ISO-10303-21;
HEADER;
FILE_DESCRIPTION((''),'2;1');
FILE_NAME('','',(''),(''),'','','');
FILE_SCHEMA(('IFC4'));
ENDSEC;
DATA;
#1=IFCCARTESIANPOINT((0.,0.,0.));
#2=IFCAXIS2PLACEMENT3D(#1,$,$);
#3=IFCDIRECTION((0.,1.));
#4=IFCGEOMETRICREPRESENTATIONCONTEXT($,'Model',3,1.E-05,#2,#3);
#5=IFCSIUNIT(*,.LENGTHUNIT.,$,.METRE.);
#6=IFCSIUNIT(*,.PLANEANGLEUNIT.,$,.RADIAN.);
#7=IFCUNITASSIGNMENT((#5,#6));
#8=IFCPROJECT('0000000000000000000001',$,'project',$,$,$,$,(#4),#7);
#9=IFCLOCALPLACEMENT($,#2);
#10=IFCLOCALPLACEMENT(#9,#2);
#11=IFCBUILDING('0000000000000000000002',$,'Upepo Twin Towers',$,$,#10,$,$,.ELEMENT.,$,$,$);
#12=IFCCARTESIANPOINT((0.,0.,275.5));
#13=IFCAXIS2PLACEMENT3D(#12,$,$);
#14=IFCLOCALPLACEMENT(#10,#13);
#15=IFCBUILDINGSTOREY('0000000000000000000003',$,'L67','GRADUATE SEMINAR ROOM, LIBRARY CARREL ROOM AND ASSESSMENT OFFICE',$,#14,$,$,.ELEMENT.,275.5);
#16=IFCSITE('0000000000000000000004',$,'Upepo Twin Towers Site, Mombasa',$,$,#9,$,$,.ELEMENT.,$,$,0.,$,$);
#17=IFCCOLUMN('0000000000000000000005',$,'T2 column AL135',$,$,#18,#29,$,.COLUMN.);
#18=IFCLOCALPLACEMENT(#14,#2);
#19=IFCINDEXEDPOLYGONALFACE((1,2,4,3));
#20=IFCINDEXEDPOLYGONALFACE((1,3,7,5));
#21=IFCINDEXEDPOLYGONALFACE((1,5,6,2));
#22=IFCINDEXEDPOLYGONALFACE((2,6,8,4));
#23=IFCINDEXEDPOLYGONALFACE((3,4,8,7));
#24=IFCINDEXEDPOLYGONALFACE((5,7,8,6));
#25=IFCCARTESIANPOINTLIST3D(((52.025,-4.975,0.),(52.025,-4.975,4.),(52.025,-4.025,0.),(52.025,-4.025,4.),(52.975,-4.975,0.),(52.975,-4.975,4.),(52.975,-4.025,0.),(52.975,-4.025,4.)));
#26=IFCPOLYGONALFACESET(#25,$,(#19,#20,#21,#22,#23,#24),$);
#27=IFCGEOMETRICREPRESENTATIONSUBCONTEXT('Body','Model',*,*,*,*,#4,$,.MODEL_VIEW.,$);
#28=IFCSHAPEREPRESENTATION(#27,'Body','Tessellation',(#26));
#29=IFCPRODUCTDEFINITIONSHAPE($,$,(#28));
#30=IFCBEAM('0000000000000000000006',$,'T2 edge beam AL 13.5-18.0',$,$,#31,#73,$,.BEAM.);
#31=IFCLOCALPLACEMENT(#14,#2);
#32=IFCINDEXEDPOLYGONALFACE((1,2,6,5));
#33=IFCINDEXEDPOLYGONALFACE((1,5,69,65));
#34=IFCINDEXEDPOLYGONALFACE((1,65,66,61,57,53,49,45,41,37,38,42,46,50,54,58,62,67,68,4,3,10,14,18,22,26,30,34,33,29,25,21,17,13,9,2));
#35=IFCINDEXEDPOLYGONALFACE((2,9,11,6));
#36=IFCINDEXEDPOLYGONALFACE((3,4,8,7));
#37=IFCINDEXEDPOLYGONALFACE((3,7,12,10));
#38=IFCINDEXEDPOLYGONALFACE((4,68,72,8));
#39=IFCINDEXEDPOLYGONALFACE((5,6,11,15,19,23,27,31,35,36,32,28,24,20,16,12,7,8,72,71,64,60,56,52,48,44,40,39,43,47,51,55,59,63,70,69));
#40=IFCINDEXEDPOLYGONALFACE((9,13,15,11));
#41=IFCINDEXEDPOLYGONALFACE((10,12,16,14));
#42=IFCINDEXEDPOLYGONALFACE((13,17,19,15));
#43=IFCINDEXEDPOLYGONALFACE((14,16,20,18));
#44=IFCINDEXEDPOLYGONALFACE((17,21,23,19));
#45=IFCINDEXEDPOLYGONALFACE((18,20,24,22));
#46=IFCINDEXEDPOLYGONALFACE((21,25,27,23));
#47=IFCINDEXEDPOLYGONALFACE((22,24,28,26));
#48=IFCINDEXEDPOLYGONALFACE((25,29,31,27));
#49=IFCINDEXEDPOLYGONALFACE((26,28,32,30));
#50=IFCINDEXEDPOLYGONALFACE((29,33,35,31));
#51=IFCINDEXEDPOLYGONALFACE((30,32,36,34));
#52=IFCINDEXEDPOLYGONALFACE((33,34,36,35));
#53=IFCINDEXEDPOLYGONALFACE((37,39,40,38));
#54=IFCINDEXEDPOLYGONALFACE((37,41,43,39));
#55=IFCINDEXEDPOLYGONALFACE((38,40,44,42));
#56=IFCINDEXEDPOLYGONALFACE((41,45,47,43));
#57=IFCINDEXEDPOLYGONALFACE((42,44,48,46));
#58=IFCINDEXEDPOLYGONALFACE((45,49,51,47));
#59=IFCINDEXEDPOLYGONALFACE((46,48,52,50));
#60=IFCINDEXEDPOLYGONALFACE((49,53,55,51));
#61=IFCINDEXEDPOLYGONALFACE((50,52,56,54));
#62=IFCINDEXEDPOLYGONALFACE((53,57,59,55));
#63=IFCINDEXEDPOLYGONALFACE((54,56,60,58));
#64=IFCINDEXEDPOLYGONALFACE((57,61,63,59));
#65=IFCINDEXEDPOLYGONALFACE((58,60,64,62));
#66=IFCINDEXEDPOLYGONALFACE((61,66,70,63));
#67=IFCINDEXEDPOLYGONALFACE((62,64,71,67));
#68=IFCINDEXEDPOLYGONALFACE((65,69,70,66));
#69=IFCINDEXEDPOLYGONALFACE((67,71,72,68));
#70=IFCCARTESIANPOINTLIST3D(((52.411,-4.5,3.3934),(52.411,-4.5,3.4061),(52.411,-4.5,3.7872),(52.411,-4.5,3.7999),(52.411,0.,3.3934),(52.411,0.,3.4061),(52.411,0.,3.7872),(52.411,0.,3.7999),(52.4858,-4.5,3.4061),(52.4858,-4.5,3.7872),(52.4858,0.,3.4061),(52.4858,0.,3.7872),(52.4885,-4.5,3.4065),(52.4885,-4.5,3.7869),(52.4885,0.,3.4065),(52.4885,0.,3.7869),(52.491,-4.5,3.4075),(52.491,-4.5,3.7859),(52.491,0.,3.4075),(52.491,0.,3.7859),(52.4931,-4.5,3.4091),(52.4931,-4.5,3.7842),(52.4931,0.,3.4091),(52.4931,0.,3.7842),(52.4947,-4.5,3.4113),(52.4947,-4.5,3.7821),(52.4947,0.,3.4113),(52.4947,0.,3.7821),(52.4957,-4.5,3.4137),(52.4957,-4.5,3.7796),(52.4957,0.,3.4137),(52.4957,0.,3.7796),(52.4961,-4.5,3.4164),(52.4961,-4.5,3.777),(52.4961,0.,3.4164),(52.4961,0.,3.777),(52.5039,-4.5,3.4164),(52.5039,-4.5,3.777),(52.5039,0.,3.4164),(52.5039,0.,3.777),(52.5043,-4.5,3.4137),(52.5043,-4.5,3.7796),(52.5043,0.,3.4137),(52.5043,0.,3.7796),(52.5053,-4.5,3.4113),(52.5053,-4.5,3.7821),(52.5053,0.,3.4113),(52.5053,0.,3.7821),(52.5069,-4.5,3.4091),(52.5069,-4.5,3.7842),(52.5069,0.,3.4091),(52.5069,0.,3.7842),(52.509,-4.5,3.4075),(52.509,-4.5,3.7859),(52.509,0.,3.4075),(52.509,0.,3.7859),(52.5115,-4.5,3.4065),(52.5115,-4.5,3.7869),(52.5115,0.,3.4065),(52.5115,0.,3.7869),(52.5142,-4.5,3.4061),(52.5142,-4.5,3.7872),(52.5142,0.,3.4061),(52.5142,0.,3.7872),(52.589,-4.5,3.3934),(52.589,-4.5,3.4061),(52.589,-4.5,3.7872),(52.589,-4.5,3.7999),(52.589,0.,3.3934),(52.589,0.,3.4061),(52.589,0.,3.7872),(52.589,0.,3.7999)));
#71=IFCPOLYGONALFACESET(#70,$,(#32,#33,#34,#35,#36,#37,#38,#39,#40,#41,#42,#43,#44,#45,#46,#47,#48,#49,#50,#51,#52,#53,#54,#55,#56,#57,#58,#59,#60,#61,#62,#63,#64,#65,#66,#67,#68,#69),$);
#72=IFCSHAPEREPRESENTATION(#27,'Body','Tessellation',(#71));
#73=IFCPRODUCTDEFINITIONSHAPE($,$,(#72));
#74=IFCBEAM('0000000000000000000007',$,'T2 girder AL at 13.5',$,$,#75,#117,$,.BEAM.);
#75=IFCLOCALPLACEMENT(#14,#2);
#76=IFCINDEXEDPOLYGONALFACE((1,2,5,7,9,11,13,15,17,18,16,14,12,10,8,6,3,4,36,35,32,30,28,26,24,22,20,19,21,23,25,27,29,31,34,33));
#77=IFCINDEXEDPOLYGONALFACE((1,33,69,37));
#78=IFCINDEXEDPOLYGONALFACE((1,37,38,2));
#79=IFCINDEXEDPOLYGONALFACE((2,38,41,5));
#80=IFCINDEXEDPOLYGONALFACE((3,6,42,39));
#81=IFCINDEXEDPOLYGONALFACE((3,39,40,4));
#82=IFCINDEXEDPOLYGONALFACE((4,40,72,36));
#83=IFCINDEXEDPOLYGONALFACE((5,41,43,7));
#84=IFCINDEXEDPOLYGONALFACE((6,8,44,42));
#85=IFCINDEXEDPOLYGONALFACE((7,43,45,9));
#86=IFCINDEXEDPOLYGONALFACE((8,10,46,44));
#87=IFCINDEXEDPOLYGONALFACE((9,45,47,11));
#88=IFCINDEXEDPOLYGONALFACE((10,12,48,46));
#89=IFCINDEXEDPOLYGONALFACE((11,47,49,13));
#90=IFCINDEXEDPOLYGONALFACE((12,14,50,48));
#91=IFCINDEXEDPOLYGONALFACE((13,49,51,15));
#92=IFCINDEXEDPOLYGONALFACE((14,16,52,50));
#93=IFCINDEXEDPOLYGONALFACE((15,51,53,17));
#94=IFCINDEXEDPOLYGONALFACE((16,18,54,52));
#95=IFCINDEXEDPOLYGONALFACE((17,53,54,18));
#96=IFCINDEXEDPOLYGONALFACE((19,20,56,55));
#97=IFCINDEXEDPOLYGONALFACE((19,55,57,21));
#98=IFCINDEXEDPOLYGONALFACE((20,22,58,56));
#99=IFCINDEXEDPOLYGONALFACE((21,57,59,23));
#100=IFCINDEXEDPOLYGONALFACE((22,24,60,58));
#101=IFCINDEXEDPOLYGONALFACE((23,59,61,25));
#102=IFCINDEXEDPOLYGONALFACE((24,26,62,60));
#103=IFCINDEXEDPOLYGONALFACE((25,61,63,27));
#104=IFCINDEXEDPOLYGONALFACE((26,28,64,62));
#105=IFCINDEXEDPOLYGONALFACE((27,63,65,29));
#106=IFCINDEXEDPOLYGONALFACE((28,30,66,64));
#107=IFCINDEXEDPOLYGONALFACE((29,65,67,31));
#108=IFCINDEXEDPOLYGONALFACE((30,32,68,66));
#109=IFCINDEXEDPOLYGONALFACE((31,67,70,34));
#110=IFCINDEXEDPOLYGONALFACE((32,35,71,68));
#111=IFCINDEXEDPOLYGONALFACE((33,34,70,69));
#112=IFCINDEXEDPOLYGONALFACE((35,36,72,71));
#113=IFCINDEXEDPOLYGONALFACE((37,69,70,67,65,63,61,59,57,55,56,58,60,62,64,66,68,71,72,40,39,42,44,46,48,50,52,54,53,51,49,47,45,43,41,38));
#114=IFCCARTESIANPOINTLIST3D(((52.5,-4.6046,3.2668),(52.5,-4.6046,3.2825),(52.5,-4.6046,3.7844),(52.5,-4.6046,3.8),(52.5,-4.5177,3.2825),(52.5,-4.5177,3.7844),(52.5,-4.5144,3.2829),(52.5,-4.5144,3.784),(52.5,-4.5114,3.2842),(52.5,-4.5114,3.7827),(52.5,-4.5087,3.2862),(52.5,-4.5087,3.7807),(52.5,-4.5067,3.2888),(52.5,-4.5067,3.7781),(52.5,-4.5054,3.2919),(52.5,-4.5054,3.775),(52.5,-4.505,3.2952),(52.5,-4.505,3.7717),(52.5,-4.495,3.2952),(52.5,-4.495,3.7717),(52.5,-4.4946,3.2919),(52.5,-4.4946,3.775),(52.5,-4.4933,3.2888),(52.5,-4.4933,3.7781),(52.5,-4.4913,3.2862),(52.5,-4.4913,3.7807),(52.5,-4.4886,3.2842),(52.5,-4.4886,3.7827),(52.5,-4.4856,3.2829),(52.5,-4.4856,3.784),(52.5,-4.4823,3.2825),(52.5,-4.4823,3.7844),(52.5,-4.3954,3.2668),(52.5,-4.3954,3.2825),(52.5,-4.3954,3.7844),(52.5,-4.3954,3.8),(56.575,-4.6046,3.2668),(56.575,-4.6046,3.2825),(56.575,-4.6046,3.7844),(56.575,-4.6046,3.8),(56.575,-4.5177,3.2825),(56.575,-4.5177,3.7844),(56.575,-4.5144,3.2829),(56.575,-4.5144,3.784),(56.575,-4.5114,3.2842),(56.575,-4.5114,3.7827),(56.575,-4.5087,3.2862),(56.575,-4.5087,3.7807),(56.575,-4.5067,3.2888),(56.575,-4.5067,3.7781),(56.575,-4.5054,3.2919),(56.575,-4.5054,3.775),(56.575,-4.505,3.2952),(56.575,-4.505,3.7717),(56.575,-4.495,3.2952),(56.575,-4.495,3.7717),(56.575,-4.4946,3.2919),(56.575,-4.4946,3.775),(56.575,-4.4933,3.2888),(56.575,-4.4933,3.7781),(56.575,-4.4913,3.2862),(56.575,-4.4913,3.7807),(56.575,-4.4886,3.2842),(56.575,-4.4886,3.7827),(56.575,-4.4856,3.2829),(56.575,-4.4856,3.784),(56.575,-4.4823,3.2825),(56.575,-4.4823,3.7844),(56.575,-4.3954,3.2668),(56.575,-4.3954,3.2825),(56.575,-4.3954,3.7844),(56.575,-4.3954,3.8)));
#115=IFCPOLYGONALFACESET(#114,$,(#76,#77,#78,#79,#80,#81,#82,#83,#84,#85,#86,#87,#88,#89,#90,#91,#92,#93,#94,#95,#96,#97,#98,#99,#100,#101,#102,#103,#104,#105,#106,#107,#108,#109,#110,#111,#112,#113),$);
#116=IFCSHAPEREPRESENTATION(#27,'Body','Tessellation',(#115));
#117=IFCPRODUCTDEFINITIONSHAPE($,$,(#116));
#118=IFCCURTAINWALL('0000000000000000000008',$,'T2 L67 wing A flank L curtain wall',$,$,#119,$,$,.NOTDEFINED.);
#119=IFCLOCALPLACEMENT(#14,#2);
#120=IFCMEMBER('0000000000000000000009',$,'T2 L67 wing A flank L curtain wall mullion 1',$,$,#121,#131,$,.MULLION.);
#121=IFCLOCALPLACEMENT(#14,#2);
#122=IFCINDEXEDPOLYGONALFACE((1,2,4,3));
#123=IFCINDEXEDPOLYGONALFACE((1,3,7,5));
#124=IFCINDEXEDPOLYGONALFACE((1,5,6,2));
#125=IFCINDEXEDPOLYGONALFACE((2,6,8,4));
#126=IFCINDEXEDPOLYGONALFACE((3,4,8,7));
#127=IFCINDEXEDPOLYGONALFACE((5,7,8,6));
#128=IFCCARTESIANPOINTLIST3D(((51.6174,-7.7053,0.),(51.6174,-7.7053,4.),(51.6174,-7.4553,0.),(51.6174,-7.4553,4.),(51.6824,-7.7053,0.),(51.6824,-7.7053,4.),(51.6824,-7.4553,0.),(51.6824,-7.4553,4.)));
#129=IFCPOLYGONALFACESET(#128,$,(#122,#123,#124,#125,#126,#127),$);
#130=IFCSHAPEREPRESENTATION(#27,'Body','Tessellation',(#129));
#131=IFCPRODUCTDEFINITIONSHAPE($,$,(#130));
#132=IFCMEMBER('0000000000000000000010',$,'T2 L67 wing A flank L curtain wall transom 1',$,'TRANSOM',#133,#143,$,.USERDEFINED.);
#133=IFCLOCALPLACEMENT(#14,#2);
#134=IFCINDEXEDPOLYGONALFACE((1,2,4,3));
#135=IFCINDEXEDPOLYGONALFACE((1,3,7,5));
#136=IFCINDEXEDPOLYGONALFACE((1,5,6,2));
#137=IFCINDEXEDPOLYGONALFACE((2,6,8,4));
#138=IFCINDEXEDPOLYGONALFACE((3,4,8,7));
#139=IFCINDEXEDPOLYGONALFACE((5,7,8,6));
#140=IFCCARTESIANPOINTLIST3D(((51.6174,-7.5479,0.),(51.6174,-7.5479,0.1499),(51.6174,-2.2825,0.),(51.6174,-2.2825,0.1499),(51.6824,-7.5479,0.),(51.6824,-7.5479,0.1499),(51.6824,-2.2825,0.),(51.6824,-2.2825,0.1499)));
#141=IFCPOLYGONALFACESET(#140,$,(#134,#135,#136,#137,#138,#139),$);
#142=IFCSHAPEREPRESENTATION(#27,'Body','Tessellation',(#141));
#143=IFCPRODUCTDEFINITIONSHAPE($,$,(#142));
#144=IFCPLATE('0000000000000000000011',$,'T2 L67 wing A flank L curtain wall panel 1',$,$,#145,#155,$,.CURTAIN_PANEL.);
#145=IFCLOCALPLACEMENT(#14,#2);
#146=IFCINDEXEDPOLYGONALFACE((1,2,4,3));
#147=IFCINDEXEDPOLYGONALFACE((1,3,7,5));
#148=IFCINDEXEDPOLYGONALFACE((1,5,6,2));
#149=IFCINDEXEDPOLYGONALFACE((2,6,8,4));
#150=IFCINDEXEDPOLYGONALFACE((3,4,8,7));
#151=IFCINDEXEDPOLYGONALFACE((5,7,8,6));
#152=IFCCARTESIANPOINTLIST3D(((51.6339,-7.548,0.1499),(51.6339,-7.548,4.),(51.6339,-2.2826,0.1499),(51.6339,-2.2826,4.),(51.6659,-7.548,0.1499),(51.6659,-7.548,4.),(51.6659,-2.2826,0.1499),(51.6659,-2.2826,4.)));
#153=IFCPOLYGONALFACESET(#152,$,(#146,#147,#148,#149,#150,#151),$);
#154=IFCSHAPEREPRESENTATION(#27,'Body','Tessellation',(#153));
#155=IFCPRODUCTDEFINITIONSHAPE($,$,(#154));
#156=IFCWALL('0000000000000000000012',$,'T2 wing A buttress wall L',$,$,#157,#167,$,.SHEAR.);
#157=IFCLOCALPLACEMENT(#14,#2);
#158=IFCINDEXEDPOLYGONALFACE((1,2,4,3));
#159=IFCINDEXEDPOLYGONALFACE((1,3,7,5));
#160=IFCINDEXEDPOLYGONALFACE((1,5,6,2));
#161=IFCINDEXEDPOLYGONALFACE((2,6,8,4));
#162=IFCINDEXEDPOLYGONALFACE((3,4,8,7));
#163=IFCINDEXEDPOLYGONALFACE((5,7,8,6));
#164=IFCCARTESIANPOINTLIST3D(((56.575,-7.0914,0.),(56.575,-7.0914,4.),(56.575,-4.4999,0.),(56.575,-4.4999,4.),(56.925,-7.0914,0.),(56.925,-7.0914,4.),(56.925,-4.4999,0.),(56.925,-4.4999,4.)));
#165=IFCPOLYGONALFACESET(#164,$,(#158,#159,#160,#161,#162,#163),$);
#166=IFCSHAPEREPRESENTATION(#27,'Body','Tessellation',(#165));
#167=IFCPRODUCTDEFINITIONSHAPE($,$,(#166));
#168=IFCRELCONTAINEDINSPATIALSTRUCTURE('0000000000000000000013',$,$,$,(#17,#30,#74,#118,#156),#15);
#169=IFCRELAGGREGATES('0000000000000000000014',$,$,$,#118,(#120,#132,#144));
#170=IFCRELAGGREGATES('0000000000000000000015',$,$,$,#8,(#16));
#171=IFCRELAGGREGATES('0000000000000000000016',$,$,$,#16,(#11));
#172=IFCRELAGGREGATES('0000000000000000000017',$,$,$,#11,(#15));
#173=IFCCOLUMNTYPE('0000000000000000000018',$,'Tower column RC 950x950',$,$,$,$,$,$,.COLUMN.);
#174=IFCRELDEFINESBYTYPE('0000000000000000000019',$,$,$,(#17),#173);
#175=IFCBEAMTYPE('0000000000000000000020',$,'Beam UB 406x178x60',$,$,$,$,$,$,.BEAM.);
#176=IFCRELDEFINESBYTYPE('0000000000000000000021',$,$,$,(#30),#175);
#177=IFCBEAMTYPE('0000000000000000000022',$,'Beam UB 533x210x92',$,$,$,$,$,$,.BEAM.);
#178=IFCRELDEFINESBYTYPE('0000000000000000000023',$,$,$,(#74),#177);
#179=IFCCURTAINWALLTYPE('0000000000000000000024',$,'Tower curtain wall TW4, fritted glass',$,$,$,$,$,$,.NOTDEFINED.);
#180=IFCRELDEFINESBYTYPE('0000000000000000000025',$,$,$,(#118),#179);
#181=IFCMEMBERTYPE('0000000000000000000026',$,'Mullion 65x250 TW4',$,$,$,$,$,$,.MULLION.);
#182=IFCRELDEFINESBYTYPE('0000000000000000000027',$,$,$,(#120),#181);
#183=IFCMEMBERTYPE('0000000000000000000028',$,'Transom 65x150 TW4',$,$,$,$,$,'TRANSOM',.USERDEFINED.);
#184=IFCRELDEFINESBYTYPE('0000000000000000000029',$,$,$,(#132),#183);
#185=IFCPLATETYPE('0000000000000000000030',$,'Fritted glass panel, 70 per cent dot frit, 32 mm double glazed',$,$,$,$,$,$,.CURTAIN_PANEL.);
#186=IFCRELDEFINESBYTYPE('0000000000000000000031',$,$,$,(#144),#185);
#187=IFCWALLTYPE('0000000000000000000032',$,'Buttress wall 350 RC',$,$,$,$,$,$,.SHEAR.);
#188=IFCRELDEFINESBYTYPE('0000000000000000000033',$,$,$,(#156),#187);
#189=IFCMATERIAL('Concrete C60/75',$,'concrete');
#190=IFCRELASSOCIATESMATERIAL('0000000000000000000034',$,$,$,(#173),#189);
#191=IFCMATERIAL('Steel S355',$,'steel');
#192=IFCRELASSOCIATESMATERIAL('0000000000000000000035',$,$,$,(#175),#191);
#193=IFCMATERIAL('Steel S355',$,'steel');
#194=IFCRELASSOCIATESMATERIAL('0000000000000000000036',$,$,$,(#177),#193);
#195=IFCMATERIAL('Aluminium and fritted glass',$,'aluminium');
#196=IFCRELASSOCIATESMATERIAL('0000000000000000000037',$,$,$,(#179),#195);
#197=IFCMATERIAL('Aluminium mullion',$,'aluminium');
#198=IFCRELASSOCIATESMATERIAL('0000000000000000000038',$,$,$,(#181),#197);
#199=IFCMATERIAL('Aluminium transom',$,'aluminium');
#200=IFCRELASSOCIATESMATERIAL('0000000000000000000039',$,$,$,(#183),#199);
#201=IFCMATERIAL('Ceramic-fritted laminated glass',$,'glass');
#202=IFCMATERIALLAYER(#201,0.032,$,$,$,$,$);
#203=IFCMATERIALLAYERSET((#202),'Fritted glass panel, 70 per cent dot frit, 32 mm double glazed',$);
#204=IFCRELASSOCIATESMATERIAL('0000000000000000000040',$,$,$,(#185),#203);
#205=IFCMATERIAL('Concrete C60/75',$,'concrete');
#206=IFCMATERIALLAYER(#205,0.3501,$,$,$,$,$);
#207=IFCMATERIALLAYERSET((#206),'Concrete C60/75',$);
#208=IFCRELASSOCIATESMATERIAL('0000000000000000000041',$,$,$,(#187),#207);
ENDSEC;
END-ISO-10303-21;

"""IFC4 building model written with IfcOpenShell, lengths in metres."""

from ifc_helpers import new_model, si_unit, direction, frame, frame_2d, origin, origin_2d, place, context, subcontext, project, spatial, rectangle, i_section, extrude, material, layer, layer_set, material_profile, profile_set, type_object, element, aggregate, save


model = new_model("IFC4")

# Units and contexts
model_context = context("Model", 3, precision=1e-05, world=origin(), true_north=direction((0.0, 1.0)))
body_context = subcontext(model_context, "Body", "Model", "MODEL_VIEW")
ifc_project = project(units=[si_unit("LENGTHUNIT", "METRE"), si_unit("PLANEANGLEUNIT", "RADIAN")], contexts=[model_context])

# Site, building, storey
site_placement = place(None, origin())
site = spatial("IfcSite", under=ifc_project, at=site_placement, Name="Upepo Twin Towers Site, Mombasa", CompositionType="ELEMENT", RefElevation=0.0)
building_placement = place(site_placement, origin())
building = spatial("IfcBuilding", under=site, at=building_placement, Name="Upepo Twin Towers", CompositionType="ELEMENT")
storey_placement = place(building_placement, frame((0.0, 0.0, 275.5)))
storey = spatial("IfcBuildingStorey", under=building, at=storey_placement, Name="L67", Description="GRADUATE SEMINAR ROOM, LIBRARY CARREL ROOM AND ASSESSMENT OFFICE", CompositionType="ELEMENT", Elevation=275.5)

# Column
ifc_material_1 = material(Name="Concrete C60/75", Category="concrete")
ifc_material_profile_1 = material_profile(ifc_material_1, rectangle(XDim=0.95, YDim=0.95, at=origin_2d()), Name="RC 950x950")
ifc_profile_set_1 = profile_set([ifc_material_profile_1], Name="Concrete C60/75")
column_type = type_object("IfcColumnType", Name="Tower column RC 950x950", PredefinedType="COLUMN", material=ifc_profile_set_1)
column_placement = place(storey_placement, frame((52.5, -4.5, 0.0), z_axis=(0.0, 0.0, 1.0), x_axis=(1.0, 0.0, 0.0)))
element("IfcColumn", 1, at=column_placement, inside=storey, type_object=column_type, Name="T2 column AL135", PredefinedType="COLUMN", context=body_context, shape_type="SweptSolid", body=[
    extrude(rectangle(XDim=0.95, YDim=0.95, at=origin_2d()), origin(), (0.0, 0.0, 1.0), 4.0),
])

# Beams
ifc_material_2 = material(Name="Steel S355", Category="steel")
ifc_material_profile_2 = material_profile(ifc_material_2, i_section(OverallWidth=0.178, OverallDepth=0.4065, WebThickness=0.0078, FlangeThickness=0.0127, FilletRadius=0.0103, at=origin_2d()), Name="UB 406x178x60")
ifc_profile_set_2 = profile_set([ifc_material_profile_2], Name="Steel S355")
beam_type_1 = type_object("IfcBeamType", Name="Beam UB 406x178x60", PredefinedType="BEAM", material=ifc_profile_set_2)
beam_1_placement = place(storey_placement, frame((52.5, -4.5, 3.5967), z_axis=(0.0, 1.0, 0.0), x_axis=(-1.0, 0.0, 0.0)))
element("IfcBeam", 2, at=beam_1_placement, inside=storey, type_object=beam_type_1, Name="T2 edge beam AL 13.5-18.0", PredefinedType="BEAM", context=body_context, shape_type="SweptSolid", body=[
    extrude(i_section(OverallWidth=0.178, OverallDepth=0.4065, WebThickness=0.0078, FlangeThickness=0.0127, FilletRadius=0.0103, at=origin_2d()), origin(), (0.0, 0.0, 1.0), 4.5),
])
ifc_material_3 = material(Name="Steel S355", Category="steel")
ifc_material_profile_3 = material_profile(ifc_material_3, i_section(OverallWidth=0.2092, OverallDepth=0.5332, WebThickness=0.01, FlangeThickness=0.0156, FilletRadius=0.0127, at=origin_2d()), Name="UB 533x210x92")
ifc_profile_set_3 = profile_set([ifc_material_profile_3], Name="Steel S355")
beam_type_2 = type_object("IfcBeamType", Name="Beam UB 533x210x92", PredefinedType="BEAM", material=ifc_profile_set_3)
beam_2_placement = place(storey_placement, frame((52.5, -4.5, 3.5334), z_axis=(1.0, 0.0, 0.0), x_axis=(0.0, 1.0, 0.0)))
element("IfcBeam", 3, at=beam_2_placement, inside=storey, type_object=beam_type_2, Name="T2 girder AL at 13.5", PredefinedType="BEAM", context=body_context, shape_type="SweptSolid", body=[
    extrude(i_section(OverallWidth=0.2092, OverallDepth=0.5332, WebThickness=0.01, FlangeThickness=0.0156, FilletRadius=0.0127, at=origin_2d()), origin(), (0.0, 0.0, 1.0), 4.075),
])

# Curtain wall, members, plate
ifc_material_4 = material(Name="Aluminium and fritted glass", Category="aluminium")
curtain_wall_type = type_object("IfcCurtainWallType", Name="Tower curtain wall TW4, fritted glass", PredefinedType="NOTDEFINED", material=ifc_material_4)
curtain_wall_placement = place(storey_placement, origin())
curtain_wall = element("IfcCurtainWall", 4, at=curtain_wall_placement, inside=storey, type_object=curtain_wall_type, Name="T2 L67 wing A flank L curtain wall", PredefinedType="NOTDEFINED")
ifc_material_5 = material(Name="Aluminium mullion", Category="aluminium")
ifc_material_profile_4 = material_profile(ifc_material_5, rectangle(XDim=0.0649, YDim=0.25, at=origin_2d()), Name="MULLION 65x250")
ifc_profile_set_4 = profile_set([ifc_material_profile_4], Name="Aluminium mullion")
member_type_1 = type_object("IfcMemberType", Name="Mullion 65x250 TW4", PredefinedType="MULLION", material=ifc_profile_set_4)
member_1_placement = place(storey_placement, frame((51.6499, -7.5803, 0.0), z_axis=(0.0, 0.0, 1.0), x_axis=(-1.0, 0.0, 0.0)))
member_1 = element("IfcMember", 5, at=member_1_placement, type_object=member_type_1, Name="T2 L67 wing A flank L curtain wall mullion 1", PredefinedType="MULLION", context=body_context, shape_type="SweptSolid", body=[
    extrude(rectangle(XDim=0.0649, YDim=0.25, at=origin_2d()), origin(), (0.0, 0.0, 1.0), 4.0),
])
ifc_material_6 = material(Name="Aluminium transom", Category="aluminium")
ifc_material_profile_5 = material_profile(ifc_material_6, rectangle(XDim=0.0649, YDim=0.1499, at=origin_2d()), Name="TRANSOM 65x150")
ifc_profile_set_5 = profile_set([ifc_material_profile_5], Name="Aluminium transom")
member_type_2 = type_object("IfcMemberType", Name="Transom 65x150 TW4", ElementType="TRANSOM", PredefinedType="USERDEFINED", material=ifc_profile_set_5)
member_2_placement = place(storey_placement, frame((51.6499, -7.5479, 0.075), z_axis=(0.0, 1.0, 0.0), x_axis=(-1.0, 0.0, 0.0)))
member_2 = element("IfcMember", 6, at=member_2_placement, type_object=member_type_2, Name="T2 L67 wing A flank L curtain wall transom 1", ObjectType="TRANSOM", PredefinedType="USERDEFINED", context=body_context, shape_type="SweptSolid", body=[
    extrude(rectangle(XDim=0.0649, YDim=0.1499, at=origin_2d()), origin(), (0.0, 0.0, 1.0), 5.2654),
])
ifc_material_7 = material(Name="Ceramic-fritted laminated glass", Category="glass")
ifc_layer_1 = layer(ifc_material_7, 0.032)
ifc_layer_set_1 = layer_set([ifc_layer_1], Name="Fritted glass panel, 70 per cent dot frit, 32 mm double glazed")
plate_type = type_object("IfcPlateType", Name="Fritted glass panel, 70 per cent dot frit, 32 mm double glazed", PredefinedType="CURTAIN_PANEL", material=ifc_layer_set_1)
plate_placement = place(storey_placement, frame((51.6499, -4.9153, 0.1499), z_axis=(0.0, 0.0, 1.0), x_axis=(0.0, 1.0, 0.0)))
plate = element("IfcPlate", 7, at=plate_placement, type_object=plate_type, Name="T2 L67 wing A flank L curtain wall panel 1", PredefinedType="CURTAIN_PANEL", context=body_context, shape_type="SweptSolid", body=[
    extrude(rectangle(XDim=5.2654, YDim=0.032, at=origin_2d()), origin(), (0.0, 0.0, 1.0), 3.8501),
])
aggregate(curtain_wall, [member_1, member_2, plate])

# Wall
ifc_material_8 = material(Name="Concrete C60/75", Category="concrete")
ifc_layer_2 = layer(ifc_material_8, 0.3501)
ifc_layer_set_2 = layer_set([ifc_layer_2], Name="Concrete C60/75")
wall_type_1 = type_object("IfcWallType", Name="Buttress wall 350 RC", PredefinedType="SHEAR", material=ifc_layer_set_2)
wall_1_placement = place(storey_placement, frame((56.75, -7.0916, 0.0), z_axis=(0.0, 0.0, 1.0), x_axis=(0.0, 1.0, 0.0)))
element("IfcWall", 8, at=wall_1_placement, inside=storey, type_object=wall_type_1, Name="T2 wing A buttress wall L", PredefinedType="SHEAR", context=body_context, shape_type="SweptSolid", body=[
    extrude(rectangle(XDim=2.5916, YDim=0.3501, at=frame_2d((1.2959, 0.0))), origin(), (0.0, 0.0, 1.0), 4.0),
])

save(model, "model.ifc")
